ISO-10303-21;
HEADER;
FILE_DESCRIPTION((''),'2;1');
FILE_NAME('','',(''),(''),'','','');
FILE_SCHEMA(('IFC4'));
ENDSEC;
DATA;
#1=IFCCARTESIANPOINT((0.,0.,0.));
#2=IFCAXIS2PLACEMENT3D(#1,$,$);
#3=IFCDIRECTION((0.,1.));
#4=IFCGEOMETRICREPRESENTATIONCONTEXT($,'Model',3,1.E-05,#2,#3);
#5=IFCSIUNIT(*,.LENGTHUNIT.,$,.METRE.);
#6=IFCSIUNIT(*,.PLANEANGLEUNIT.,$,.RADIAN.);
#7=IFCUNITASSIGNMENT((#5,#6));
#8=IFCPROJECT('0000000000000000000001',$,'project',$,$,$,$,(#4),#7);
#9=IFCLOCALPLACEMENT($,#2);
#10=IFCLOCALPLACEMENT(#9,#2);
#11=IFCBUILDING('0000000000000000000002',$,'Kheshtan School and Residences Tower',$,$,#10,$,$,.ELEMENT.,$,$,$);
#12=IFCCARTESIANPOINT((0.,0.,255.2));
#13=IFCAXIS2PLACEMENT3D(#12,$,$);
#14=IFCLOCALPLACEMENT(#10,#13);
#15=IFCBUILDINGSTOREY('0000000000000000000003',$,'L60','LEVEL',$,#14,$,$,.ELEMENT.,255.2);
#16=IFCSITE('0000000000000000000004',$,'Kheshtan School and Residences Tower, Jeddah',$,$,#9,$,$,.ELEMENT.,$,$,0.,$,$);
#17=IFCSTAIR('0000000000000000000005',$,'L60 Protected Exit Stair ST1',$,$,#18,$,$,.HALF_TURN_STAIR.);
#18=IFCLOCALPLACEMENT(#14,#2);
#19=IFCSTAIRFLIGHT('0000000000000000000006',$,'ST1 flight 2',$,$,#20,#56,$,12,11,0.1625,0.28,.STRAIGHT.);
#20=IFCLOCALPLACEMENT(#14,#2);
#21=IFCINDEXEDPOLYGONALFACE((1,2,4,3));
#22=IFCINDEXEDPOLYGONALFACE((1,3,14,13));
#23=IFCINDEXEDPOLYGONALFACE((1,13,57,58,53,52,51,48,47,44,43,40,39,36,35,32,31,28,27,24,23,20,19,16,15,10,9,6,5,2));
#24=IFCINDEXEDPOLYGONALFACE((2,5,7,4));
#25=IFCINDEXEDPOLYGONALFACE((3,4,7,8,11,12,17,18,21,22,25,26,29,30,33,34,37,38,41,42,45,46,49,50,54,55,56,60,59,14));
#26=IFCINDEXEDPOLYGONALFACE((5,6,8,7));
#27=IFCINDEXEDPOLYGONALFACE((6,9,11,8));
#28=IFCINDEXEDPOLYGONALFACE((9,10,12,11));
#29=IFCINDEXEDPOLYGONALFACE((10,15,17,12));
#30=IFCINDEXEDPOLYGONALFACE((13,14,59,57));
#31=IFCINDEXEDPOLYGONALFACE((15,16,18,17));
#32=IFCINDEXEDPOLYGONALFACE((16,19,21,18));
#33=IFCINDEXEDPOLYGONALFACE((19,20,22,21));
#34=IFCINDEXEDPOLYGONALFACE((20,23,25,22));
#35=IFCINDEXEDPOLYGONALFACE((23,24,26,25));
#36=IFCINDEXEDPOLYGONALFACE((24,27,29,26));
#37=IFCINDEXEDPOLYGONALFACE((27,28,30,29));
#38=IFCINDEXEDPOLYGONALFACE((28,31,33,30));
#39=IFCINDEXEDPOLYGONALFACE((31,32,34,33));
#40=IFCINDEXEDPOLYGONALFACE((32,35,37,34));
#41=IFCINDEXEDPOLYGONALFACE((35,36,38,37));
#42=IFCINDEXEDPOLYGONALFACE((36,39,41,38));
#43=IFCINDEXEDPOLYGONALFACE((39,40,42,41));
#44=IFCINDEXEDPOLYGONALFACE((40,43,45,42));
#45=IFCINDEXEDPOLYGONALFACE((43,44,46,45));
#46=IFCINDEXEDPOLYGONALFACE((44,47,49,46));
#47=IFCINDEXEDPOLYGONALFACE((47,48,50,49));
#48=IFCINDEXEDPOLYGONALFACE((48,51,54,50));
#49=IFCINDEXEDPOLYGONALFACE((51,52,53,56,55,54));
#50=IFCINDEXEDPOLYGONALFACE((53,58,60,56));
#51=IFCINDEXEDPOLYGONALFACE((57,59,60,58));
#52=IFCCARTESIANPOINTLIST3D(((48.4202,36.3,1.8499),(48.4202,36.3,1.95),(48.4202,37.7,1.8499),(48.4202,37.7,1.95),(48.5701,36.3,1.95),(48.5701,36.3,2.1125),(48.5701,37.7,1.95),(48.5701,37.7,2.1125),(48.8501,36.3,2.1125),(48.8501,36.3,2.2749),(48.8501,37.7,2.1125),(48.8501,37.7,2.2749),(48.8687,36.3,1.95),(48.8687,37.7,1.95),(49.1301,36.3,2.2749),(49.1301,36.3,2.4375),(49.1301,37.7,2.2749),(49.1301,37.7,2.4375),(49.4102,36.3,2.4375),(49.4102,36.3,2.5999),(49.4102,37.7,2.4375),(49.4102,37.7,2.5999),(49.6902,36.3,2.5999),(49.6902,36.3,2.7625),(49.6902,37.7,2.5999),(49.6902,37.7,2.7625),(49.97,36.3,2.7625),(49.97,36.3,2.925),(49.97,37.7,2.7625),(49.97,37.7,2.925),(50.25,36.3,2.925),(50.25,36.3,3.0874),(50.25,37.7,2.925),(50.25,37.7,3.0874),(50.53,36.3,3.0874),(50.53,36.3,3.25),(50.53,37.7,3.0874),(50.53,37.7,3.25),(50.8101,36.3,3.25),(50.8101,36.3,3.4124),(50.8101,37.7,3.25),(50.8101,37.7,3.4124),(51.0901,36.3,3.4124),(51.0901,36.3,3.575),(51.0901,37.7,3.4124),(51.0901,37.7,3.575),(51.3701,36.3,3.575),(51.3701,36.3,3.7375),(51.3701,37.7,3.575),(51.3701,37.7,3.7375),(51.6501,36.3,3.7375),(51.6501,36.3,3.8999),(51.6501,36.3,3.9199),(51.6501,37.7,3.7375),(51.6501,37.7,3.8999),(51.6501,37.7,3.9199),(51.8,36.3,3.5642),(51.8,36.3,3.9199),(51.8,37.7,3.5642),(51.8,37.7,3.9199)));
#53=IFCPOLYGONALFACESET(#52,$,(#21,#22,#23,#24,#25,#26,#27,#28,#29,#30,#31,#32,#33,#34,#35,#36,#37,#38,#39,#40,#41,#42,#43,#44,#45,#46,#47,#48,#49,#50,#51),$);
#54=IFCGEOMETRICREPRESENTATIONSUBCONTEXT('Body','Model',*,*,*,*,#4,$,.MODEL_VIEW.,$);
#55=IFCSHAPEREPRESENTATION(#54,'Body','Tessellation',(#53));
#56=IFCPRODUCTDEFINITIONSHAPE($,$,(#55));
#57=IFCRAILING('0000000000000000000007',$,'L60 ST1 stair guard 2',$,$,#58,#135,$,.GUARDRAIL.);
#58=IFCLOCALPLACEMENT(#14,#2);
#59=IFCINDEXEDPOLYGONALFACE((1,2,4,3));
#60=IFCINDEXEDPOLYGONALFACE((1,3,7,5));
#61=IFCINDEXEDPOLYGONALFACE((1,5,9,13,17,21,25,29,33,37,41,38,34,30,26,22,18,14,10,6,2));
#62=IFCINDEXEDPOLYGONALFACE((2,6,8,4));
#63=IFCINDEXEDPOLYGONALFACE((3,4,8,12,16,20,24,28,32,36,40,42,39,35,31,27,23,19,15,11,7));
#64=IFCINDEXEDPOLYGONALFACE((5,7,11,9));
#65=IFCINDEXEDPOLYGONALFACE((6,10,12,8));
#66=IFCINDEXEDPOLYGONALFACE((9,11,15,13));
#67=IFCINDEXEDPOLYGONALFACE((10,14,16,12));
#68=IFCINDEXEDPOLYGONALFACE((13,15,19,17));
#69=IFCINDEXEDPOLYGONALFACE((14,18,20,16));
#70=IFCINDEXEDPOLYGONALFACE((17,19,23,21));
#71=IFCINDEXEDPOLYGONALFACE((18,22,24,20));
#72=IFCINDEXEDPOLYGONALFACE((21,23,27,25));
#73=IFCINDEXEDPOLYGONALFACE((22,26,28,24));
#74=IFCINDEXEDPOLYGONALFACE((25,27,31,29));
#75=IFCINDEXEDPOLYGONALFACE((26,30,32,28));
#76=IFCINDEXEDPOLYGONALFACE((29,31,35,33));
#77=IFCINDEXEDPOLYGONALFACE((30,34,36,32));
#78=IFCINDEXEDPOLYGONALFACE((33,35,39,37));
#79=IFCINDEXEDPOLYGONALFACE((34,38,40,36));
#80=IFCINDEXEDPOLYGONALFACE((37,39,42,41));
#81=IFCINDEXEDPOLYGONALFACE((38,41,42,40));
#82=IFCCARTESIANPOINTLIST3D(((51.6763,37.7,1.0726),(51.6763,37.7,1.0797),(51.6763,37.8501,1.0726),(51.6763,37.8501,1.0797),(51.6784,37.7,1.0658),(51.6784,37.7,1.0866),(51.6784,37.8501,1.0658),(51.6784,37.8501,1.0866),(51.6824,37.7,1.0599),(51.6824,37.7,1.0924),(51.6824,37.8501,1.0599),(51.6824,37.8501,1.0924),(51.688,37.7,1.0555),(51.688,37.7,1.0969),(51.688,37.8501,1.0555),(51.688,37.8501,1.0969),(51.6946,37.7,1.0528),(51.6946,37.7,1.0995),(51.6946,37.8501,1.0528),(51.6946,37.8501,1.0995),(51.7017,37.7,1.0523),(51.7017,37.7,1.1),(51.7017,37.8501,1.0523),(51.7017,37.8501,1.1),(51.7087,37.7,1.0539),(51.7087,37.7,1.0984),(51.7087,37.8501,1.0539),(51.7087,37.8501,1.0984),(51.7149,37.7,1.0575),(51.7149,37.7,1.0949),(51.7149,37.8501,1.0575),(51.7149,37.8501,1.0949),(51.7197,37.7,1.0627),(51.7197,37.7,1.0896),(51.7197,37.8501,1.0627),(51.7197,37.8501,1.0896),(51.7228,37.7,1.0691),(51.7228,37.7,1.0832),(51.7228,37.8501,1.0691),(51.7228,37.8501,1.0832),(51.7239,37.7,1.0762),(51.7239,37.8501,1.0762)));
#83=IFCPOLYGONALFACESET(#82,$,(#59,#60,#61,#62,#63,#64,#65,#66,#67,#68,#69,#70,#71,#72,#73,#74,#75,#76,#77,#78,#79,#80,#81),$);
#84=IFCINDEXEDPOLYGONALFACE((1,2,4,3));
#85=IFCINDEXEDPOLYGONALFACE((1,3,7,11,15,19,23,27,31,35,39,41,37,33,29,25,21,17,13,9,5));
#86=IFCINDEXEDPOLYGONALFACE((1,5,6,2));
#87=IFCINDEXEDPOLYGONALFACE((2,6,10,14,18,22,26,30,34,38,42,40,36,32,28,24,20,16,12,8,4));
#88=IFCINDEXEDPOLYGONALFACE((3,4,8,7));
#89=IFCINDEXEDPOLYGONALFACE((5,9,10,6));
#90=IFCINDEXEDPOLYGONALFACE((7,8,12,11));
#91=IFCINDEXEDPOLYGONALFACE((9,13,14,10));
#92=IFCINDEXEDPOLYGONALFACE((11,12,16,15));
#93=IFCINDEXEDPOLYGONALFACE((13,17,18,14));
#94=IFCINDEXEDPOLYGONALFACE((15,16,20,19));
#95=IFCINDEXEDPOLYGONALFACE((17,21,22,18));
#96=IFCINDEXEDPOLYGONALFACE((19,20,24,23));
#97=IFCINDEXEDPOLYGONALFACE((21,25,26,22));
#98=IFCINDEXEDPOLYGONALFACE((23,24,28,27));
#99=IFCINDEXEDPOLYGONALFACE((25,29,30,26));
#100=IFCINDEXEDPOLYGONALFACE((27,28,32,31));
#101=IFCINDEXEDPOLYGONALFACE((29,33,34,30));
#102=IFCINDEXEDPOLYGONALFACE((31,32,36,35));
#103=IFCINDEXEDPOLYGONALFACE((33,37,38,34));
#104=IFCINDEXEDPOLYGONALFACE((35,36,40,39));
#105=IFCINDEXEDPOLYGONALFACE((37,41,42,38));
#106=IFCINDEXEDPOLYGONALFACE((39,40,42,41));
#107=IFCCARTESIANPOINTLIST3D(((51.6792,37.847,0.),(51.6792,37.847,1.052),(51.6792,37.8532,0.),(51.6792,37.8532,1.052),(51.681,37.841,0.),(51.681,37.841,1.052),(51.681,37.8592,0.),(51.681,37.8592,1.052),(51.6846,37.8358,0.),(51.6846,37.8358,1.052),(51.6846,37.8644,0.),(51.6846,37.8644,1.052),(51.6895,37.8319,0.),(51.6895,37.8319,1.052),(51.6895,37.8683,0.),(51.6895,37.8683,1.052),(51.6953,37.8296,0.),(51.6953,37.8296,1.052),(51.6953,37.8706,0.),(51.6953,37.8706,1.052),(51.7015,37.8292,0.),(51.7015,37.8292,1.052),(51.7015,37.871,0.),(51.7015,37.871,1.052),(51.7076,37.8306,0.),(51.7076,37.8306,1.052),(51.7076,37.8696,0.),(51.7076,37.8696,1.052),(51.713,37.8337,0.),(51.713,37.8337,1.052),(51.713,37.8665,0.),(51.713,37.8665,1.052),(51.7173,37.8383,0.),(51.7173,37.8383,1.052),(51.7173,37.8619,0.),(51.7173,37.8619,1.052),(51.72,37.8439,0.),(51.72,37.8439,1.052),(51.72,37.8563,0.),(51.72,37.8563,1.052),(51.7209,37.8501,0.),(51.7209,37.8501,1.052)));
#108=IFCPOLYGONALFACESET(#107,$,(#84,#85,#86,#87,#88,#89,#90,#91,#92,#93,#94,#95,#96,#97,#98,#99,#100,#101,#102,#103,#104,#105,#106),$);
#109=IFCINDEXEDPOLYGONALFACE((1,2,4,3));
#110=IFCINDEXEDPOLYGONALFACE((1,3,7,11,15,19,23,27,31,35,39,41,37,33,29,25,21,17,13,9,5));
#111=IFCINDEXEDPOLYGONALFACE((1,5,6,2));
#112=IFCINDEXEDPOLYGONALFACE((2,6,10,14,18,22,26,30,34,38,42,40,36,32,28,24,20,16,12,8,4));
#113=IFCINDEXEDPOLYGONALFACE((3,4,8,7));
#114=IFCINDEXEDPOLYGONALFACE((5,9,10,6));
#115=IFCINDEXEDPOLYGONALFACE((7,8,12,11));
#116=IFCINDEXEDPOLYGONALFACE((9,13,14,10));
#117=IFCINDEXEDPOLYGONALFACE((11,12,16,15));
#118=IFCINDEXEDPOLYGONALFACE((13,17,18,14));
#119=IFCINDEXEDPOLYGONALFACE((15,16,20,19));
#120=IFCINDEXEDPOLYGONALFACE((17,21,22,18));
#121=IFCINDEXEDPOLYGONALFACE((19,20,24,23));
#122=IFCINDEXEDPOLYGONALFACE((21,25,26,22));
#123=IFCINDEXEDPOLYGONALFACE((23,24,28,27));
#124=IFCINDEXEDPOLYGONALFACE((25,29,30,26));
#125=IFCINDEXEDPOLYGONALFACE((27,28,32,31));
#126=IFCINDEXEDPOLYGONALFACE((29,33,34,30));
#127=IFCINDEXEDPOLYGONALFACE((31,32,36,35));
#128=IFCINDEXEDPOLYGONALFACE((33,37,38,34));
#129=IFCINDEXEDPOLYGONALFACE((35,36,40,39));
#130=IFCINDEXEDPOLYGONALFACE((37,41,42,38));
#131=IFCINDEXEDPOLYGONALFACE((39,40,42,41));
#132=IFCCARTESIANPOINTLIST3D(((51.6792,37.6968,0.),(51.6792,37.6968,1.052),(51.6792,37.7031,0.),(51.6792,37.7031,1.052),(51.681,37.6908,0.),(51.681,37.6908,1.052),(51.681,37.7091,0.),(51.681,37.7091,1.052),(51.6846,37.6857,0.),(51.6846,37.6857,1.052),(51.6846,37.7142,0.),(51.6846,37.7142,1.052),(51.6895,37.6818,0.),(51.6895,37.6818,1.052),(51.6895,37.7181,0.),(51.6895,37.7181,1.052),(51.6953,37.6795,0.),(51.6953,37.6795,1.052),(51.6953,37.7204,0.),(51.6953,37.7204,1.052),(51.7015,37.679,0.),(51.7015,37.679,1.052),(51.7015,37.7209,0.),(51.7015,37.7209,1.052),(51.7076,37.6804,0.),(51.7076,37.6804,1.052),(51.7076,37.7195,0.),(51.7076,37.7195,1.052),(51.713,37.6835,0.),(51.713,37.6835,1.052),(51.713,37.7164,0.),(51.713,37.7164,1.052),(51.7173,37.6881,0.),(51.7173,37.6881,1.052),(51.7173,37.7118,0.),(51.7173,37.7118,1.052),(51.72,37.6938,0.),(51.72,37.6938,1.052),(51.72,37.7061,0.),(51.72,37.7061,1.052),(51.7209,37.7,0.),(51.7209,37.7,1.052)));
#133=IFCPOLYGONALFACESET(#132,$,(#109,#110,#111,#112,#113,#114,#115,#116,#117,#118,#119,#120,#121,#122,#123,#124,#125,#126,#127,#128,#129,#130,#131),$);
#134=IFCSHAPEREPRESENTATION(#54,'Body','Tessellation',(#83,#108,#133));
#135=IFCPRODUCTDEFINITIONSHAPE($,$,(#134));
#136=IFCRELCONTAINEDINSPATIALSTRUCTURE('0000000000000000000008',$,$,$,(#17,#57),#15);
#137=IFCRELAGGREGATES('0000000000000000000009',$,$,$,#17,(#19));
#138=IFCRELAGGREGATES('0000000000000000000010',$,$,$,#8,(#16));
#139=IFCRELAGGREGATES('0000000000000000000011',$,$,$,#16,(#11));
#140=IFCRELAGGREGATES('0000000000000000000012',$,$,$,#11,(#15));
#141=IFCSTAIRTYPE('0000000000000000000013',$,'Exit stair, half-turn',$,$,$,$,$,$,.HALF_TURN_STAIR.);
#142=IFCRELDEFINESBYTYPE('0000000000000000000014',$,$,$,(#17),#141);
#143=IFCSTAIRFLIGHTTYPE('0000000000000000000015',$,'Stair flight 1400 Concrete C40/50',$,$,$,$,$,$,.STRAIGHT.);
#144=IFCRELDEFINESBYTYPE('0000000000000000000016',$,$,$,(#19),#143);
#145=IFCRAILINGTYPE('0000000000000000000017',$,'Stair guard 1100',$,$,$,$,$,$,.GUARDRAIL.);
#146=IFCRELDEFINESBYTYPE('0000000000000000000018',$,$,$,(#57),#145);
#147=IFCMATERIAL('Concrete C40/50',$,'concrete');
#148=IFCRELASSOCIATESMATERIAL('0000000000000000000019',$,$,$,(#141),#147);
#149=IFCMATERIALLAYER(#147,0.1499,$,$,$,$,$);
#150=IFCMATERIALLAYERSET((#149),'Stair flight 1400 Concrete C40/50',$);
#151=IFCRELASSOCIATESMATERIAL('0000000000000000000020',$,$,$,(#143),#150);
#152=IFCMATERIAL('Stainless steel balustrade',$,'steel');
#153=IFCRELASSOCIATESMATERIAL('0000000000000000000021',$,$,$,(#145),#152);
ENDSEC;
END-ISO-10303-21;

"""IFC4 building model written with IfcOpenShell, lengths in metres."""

from ifc_helpers import new_model, si_unit, direction, frame, origin, origin_2d, place, context, subcontext, project, spatial, polyline, circle, outline, extrude, material, layer, layer_set, type_object, element, aggregate, save


model = new_model("IFC4")

# Units and contexts
model_context = context("Model", 3, precision=1e-05, world=origin(), true_north=direction((0.0, 1.0)))
body_context = subcontext(model_context, "Body", "Model", "MODEL_VIEW")
ifc_project = project(units=[si_unit("LENGTHUNIT", "METRE"), si_unit("PLANEANGLEUNIT", "RADIAN")], contexts=[model_context])

# Site, building, storey
site_placement = place(None, origin())
site = spatial("IfcSite", under=ifc_project, at=site_placement, Name="Kheshtan School and Residences Tower, Jeddah", CompositionType="ELEMENT", RefElevation=0.0)
building_placement = place(site_placement, origin())
building = spatial("IfcBuilding", under=site, at=building_placement, Name="Kheshtan School and Residences Tower", CompositionType="ELEMENT")
storey_placement = place(building_placement, frame((0.0, 0.0, 255.2)))
storey = spatial("IfcBuildingStorey", under=building, at=storey_placement, Name="L60", Description="LEVEL", CompositionType="ELEMENT", Elevation=255.2)

# Shared definitions
ifc_material_1 = material(Name="Concrete C40/50", Category="concrete")

# Stair, stair flight
stair_type = type_object("IfcStairType", Name="Exit stair, half-turn", PredefinedType="HALF_TURN_STAIR", material=ifc_material_1)
stair_placement = place(storey_placement, origin())
stair = element("IfcStair", 1, at=stair_placement, inside=storey, type_object=stair_type, Name="L60 Protected Exit Stair ST1", PredefinedType="HALF_TURN_STAIR")
ifc_layer_1 = layer(ifc_material_1, 0.1499)
ifc_layer_set_1 = layer_set([ifc_layer_1], Name="Stair flight 1400 Concrete C40/50")
stair_flight_type = type_object("IfcStairFlightType", Name="Stair flight 1400 Concrete C40/50", PredefinedType="STRAIGHT", material=ifc_layer_set_1)
stair_flight_1_placement = place(storey_placement, frame((48.5701, 37.0, 1.95), z_axis=(0.0, 0.0, 1.0), x_axis=(1.0, 0.0, 0.0)))
stair_flight_1 = element("IfcStairFlight", 2, at=stair_flight_1_placement, type_object=stair_flight_type, Name="ST1 flight 2", NumberOfRisers=12, NumberOfTreads=11, PredefinedType="STRAIGHT", RiserHeight=0.1625, TreadLength=0.28, context=body_context, shape_type="SweptSolid", body=[
    extrude(outline(polyline([(-0.1499, -0.1001), (-0.1499, 0.0), (0.0, 0.0), (0.0, 0.1626), (0.28, 0.1626), (0.28, 0.325), (0.5601, 0.325), (0.5601, 0.4875), (0.8401, 0.4875), (0.8401, 0.6499), (1.1201, 0.6499), (1.1201, 0.8125), (1.3999, 0.8125), (1.3999, 0.9751), (1.6799, 0.9751), (1.6799, 1.1375), (1.96, 1.1375), (1.96, 1.3), (2.24, 1.3), (2.24, 1.4624), (2.52, 1.4624), (2.52, 1.625), (2.8, 1.625), (2.8, 1.7876), (3.0801, 1.7876), (3.0801, 1.95), (3.0801, 1.97), (3.23, 1.97), (3.23, 1.6143), (0.2986, 0.0), (-0.1499, -0.1001)])), frame((0.0, 0.7, 0.0), z_axis=(0.0, -1.0, 0.0), x_axis=(1.0, 0.0, 0.0)), (0.0, 0.0, 1.0), 1.3999),
])
aggregate(stair, [stair_flight_1])

# Railing
ifc_material_2 = material(Name="Stainless steel balustrade", Category="steel")
railing_type_1 = type_object("IfcRailingType", Name="Stair guard 1100", PredefinedType="GUARDRAIL", material=ifc_material_2)
railing_1_placement = place(storey_placement, frame((51.7, 37.8501, 0.0)))
element("IfcRailing", 3, at=railing_1_placement, inside=storey, type_object=railing_type_1, Name="L60 ST1 stair guard 2", PredefinedType="GUARDRAIL", context=body_context, shape_type="SweptSolid", body=[
    extrude(circle(Radius=0.0239, at=origin_2d()), frame((0.0, 0.0, 1.0762), z_axis=(0.0, -1.0, 0.0), x_axis=(1.0, 0.0, 0.0)), (0.0, 0.0, 1.0), 0.1501),
    extrude(circle(Radius=0.021, at=origin_2d()), origin(), (0.0, 0.0, 1.0), 1.052),
    extrude(circle(Radius=0.021, at=origin_2d()), frame((0.0, -0.1501, 0.0)), (0.0, 0.0, 1.0), 1.052),
])

save(model, "model.ifc")
